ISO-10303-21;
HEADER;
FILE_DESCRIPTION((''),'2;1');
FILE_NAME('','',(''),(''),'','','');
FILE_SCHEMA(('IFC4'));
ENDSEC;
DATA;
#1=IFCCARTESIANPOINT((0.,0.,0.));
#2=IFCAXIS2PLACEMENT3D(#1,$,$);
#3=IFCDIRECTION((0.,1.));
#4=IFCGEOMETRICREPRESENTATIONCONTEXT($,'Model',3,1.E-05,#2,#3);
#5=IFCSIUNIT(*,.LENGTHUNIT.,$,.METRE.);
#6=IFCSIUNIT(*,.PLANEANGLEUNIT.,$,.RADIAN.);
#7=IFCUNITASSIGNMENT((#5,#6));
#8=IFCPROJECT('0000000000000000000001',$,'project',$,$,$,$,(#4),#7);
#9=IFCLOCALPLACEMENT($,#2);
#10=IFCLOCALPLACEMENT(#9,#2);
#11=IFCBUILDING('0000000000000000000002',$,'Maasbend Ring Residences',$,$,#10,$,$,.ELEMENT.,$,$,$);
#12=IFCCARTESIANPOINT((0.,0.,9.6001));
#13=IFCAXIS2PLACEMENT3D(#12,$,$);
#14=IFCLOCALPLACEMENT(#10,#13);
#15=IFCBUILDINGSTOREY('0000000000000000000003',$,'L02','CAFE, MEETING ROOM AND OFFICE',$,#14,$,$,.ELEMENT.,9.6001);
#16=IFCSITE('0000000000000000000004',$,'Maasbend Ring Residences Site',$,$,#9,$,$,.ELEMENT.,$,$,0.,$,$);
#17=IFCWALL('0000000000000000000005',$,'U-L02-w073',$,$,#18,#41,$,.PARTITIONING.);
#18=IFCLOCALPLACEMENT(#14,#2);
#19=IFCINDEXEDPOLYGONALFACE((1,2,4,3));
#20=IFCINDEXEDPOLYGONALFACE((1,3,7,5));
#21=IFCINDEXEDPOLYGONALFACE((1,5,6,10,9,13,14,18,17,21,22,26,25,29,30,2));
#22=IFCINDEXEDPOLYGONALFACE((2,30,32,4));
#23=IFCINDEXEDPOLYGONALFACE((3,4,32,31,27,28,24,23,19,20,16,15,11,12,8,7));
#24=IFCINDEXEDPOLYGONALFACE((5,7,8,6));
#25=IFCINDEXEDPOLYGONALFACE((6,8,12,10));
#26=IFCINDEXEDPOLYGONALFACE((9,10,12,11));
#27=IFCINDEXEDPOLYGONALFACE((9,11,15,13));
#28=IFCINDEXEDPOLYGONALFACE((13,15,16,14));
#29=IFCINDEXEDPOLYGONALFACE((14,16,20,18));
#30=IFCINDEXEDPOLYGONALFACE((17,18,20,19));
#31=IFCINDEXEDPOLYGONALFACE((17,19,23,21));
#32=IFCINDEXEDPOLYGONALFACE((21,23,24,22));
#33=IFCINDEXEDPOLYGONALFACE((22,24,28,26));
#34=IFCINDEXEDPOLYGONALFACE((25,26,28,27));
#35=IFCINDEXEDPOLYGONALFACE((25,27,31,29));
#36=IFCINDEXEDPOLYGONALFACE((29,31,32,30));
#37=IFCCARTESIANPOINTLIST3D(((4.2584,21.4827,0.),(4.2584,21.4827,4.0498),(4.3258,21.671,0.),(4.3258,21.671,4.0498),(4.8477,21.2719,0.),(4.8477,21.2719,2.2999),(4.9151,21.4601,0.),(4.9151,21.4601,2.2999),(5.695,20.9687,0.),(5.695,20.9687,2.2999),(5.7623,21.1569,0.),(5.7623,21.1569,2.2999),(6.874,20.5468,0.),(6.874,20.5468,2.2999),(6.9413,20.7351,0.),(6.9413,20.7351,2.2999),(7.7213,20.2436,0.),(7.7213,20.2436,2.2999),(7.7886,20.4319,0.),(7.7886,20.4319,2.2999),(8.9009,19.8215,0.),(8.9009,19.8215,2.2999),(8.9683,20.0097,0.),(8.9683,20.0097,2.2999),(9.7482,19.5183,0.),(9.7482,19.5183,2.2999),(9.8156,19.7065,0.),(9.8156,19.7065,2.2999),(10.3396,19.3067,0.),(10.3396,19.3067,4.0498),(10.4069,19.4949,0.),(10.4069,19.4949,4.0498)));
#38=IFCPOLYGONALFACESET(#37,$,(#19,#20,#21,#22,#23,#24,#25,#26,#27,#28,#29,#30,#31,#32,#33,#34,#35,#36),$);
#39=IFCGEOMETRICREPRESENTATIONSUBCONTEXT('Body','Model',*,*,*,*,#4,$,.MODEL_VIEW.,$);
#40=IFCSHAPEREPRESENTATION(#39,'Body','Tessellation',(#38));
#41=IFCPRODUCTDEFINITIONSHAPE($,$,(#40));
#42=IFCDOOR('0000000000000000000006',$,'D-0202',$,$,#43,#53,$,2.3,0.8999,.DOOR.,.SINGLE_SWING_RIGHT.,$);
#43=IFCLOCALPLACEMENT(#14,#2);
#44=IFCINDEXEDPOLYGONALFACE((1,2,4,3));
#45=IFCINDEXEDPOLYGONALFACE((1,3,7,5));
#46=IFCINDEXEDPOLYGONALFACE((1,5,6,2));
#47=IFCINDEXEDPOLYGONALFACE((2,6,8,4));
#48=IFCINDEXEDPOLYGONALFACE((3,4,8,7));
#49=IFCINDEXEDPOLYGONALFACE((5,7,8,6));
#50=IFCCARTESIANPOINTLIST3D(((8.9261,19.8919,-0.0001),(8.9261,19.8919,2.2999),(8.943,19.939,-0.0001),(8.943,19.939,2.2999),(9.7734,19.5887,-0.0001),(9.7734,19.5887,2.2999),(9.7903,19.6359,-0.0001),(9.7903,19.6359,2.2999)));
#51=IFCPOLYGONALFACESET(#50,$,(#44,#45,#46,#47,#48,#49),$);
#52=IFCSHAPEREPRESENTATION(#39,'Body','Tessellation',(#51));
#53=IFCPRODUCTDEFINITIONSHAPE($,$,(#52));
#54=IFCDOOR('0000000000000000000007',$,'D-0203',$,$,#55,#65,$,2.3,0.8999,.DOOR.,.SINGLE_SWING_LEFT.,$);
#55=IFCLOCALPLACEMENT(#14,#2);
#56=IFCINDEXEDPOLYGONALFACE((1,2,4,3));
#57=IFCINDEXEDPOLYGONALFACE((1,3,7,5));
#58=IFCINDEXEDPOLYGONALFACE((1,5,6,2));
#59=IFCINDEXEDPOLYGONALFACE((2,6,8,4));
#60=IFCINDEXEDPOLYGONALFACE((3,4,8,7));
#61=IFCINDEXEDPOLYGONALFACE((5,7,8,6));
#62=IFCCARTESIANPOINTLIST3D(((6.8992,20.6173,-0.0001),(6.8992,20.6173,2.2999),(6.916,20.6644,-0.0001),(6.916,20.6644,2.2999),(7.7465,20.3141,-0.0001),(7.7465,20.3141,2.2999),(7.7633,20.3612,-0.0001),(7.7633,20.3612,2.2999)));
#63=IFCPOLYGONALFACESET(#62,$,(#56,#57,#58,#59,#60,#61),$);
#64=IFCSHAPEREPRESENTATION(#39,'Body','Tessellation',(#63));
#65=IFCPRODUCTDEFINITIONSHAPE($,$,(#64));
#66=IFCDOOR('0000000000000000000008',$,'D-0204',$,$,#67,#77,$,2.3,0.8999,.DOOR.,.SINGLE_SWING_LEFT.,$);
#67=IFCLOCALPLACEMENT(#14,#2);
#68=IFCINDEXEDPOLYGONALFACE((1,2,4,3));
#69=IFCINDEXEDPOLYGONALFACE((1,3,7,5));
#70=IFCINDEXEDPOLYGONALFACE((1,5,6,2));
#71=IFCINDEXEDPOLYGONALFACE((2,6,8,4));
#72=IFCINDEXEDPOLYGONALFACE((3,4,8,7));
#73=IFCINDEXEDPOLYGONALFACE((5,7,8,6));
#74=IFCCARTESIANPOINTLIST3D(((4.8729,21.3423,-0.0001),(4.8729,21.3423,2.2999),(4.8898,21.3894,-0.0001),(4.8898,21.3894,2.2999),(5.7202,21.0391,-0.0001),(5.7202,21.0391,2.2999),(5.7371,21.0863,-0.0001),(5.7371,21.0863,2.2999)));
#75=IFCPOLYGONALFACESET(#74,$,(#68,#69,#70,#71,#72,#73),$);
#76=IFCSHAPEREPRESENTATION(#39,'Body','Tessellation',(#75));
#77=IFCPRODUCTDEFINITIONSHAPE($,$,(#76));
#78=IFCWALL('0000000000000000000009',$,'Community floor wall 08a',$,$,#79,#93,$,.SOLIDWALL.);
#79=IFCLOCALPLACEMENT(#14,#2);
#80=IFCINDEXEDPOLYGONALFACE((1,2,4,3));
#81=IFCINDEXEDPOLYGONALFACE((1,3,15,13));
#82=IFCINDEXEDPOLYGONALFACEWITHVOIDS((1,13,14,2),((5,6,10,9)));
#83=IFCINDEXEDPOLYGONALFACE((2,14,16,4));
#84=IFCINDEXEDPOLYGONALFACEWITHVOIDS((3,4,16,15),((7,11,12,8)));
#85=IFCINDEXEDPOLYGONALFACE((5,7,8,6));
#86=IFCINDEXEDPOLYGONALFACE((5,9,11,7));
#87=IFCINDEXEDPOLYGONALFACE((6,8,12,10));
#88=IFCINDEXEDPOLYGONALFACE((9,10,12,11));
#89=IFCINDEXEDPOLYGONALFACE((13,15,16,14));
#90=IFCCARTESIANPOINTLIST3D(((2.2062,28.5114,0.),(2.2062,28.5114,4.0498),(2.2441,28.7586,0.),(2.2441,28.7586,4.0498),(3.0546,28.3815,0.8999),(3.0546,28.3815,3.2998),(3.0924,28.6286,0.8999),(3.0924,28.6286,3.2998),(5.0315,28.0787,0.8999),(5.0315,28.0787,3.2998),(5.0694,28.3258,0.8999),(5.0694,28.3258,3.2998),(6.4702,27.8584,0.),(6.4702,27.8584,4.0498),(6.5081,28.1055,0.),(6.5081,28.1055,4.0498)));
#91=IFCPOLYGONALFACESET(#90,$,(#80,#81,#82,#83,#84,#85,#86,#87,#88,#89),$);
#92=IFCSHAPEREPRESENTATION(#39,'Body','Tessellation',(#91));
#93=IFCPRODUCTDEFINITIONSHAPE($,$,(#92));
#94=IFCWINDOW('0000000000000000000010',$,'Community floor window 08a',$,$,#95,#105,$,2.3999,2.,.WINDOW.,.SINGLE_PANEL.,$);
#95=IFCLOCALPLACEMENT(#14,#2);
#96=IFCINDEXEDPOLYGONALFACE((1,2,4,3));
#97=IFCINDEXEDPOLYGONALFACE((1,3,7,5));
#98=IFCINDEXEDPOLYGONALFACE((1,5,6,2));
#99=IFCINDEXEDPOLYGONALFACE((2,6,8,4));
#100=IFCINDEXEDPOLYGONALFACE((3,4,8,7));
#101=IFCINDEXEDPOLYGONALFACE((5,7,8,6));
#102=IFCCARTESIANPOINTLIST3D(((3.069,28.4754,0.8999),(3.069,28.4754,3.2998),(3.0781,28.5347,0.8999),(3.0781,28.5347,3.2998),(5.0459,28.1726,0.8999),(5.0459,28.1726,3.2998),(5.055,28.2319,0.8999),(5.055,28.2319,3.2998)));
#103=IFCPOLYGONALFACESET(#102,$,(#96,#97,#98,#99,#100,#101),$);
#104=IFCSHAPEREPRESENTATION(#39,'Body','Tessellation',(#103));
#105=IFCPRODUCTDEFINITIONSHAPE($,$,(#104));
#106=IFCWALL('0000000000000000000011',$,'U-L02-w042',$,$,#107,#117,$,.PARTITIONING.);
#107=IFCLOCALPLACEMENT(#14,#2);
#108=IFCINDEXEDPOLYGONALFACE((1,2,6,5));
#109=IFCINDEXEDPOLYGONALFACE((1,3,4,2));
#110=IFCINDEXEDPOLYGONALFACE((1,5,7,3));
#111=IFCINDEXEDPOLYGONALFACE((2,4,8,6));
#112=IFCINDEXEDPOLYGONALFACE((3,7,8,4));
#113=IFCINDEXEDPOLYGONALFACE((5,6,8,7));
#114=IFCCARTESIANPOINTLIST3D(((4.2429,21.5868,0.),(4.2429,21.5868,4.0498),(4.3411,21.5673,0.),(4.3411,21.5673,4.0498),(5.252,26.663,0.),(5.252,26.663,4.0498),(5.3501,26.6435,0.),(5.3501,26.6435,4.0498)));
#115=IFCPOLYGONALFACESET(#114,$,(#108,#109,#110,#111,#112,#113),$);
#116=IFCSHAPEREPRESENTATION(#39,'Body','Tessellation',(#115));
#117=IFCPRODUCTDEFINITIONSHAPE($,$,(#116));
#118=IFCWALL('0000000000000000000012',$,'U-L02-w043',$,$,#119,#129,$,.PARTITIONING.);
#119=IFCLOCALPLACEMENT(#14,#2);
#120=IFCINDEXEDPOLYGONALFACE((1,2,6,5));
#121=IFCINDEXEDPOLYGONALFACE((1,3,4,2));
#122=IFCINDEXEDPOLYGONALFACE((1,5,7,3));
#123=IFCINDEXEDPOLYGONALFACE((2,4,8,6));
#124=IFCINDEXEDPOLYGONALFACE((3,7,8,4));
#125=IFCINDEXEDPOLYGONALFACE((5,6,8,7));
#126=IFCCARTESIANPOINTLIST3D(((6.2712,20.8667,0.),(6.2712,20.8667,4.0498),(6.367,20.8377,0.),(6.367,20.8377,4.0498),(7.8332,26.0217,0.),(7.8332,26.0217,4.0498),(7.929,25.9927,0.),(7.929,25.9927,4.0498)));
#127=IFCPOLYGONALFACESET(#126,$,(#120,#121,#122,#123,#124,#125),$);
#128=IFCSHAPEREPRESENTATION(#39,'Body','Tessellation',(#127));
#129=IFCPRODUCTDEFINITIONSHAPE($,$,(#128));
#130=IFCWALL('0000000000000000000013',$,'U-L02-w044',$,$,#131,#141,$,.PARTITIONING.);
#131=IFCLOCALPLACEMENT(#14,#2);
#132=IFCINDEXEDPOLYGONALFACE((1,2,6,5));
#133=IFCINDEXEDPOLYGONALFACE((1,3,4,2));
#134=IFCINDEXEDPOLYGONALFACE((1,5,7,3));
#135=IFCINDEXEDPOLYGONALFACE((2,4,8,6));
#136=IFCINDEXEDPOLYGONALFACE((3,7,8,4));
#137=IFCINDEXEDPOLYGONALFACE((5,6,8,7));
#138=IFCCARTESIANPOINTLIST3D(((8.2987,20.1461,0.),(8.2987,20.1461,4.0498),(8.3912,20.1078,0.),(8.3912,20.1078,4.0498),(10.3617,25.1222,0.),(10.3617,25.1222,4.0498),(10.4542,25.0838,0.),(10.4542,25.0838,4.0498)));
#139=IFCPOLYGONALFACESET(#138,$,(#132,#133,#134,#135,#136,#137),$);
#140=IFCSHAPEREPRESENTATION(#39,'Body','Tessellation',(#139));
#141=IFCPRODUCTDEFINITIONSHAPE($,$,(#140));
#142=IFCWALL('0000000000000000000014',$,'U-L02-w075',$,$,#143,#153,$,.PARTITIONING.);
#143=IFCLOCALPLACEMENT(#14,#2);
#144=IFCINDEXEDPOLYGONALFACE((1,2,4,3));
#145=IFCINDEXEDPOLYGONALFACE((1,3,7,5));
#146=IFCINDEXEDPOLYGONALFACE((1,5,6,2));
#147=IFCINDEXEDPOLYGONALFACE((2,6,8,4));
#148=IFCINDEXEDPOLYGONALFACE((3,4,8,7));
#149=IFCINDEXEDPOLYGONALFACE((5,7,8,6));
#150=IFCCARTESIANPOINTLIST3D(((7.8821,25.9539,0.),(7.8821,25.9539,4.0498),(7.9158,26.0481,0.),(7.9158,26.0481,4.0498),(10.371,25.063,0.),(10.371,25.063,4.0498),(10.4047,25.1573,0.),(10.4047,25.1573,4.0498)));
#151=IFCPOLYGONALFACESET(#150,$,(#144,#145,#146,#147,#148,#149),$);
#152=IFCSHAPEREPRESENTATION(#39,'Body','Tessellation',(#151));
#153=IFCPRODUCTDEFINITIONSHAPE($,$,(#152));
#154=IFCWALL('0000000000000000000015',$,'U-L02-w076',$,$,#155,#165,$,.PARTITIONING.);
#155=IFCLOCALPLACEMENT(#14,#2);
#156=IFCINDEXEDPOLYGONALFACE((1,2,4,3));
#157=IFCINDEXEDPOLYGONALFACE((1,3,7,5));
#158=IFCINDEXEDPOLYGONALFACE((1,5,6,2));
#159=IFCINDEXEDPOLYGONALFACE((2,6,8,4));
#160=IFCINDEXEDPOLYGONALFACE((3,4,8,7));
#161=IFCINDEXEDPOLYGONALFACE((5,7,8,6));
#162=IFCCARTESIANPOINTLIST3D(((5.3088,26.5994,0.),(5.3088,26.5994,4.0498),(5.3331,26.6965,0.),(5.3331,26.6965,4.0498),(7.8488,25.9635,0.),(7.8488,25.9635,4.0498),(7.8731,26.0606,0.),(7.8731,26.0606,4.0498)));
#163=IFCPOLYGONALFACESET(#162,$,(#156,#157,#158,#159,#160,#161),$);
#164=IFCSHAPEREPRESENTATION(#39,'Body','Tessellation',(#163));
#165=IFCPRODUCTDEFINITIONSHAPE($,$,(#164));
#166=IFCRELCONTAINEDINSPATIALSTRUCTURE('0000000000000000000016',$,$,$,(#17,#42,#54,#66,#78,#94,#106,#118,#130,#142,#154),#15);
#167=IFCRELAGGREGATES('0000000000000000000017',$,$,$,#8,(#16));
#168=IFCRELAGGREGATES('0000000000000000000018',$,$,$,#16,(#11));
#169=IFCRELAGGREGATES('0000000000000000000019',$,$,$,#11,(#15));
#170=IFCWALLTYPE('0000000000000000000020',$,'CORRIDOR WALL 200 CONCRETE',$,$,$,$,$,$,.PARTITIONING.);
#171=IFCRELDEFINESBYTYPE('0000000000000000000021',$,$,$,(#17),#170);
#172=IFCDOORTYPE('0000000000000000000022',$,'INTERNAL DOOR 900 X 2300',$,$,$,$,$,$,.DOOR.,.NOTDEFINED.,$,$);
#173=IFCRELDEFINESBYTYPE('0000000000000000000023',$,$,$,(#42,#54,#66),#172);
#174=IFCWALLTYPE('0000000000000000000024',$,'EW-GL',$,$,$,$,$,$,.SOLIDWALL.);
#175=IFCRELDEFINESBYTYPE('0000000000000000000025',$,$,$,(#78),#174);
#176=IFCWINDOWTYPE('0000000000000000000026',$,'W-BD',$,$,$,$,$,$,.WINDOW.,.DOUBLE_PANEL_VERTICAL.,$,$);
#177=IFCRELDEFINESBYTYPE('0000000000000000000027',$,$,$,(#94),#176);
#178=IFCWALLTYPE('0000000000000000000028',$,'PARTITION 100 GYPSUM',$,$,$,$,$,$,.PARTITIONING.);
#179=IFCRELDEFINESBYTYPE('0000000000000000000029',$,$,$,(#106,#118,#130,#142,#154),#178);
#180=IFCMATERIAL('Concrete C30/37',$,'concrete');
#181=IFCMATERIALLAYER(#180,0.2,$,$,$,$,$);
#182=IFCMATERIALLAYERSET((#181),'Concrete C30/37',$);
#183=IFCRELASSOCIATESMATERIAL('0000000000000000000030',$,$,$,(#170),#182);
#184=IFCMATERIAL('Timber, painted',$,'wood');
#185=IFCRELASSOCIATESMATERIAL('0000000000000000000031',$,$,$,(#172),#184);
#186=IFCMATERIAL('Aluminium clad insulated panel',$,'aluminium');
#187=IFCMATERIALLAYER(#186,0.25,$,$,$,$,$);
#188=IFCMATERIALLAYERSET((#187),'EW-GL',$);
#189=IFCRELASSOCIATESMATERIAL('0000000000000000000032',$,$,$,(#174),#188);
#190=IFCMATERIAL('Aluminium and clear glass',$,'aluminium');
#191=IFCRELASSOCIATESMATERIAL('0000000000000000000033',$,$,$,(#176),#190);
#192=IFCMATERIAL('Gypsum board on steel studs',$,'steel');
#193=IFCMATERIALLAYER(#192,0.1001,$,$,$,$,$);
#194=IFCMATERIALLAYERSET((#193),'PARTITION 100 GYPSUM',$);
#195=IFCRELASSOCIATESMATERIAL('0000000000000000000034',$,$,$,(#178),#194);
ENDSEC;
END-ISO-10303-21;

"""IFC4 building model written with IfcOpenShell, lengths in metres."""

from ifc_helpers import new_model, si_unit, direction, frame, frame_2d, origin, place, context, subcontext, project, spatial, rectangle, extrude, material, layer, layer_set, type_object, element, fill, save


model = new_model("IFC4")

# Units and contexts
model_context = context("Model", 3, precision=1e-05, world=origin(), true_north=direction((0.0, 1.0)))
body_context = subcontext(model_context, "Body", "Model", "MODEL_VIEW")
ifc_project = project(units=[si_unit("LENGTHUNIT", "METRE"), si_unit("PLANEANGLEUNIT", "RADIAN")], contexts=[model_context])

# Site, building, storey
site_placement = place(None, origin())
site = spatial("IfcSite", under=ifc_project, at=site_placement, Name="Maasbend Ring Residences Site", CompositionType="ELEMENT", RefElevation=0.0)
building_placement = place(site_placement, origin())
building = spatial("IfcBuilding", under=site, at=building_placement, Name="Maasbend Ring Residences", CompositionType="ELEMENT")
storey_placement = place(building_placement, frame((0.0, 0.0, 9.6001)))
storey = spatial("IfcBuildingStorey", under=building, at=storey_placement, Name="L02", Description="CAFE, MEETING ROOM AND OFFICE", CompositionType="ELEMENT", Elevation=9.6001)

# Shared definitions
ifc_material_1 = material(Name="Concrete C30/37", Category="concrete")
ifc_layer_1 = layer(ifc_material_1, 0.2)
ifc_layer_set_1 = layer_set([ifc_layer_1], Name="Concrete C30/37")
wall_type_1 = type_object("IfcWallType", Name="CORRIDOR WALL 200 CONCRETE", PredefinedType="PARTITIONING", material=ifc_layer_set_1)

# Wall, openings, doors
wall_1_placement = place(storey_placement, frame((4.292, 21.5769, 0.0), z_axis=(0.0, 0.0, 1.0), x_axis=(0.941535, -0.336916, 0.0)))
wall_1 = element("IfcWall", 1, at=wall_1_placement, inside=storey, type_object=wall_type_1, Name="U-L02-w073", PredefinedType="PARTITIONING", context=body_context, shape_type="SweptSolid", body=[
    extrude(rectangle(XDim=6.4587, YDim=0.2, at=frame_2d((3.2295, 0.0))), origin(), (0.0, 0.0, 1.0), 4.0498),
])
opening_1_placement = place(wall_1_placement, frame((4.9309, 0.0, 0.0)))
opening_1 = element("IfcOpeningElement", 2, at=opening_1_placement, cuts=wall_1, PredefinedType="OPENING", context=body_context, shape_type="SweptSolid", body=[
    extrude(rectangle(XDim=0.8999, YDim=2.3, at=frame_2d((0.45, 1.1499))), frame((0.0, 0.1099, 0.0), z_axis=(0.0, -1.0, 0.0), x_axis=(1.0, 0.0, 0.0)), (0.0, 0.0, 1.0), 0.22),
])
opening_2_placement = place(wall_1_placement, frame((2.7781, 0.0, 0.0)))
opening_2 = element("IfcOpeningElement", 3, at=opening_2_placement, cuts=wall_1, PredefinedType="OPENING", context=body_context, shape_type="SweptSolid", body=[
    extrude(rectangle(XDim=0.8999, YDim=2.3, at=frame_2d((0.45, 1.1499))), frame((0.0, 0.1099, 0.0), z_axis=(0.0, -1.0, 0.0), x_axis=(1.0, 0.0, 0.0)), (0.0, 0.0, 1.0), 0.22),
])
opening_3_placement = place(wall_1_placement, frame((0.626, 0.0, 0.0)))
opening_3 = element("IfcOpeningElement", 4, at=opening_3_placement, cuts=wall_1, PredefinedType="OPENING", context=body_context, shape_type="SweptSolid", body=[
    extrude(rectangle(XDim=0.8999, YDim=2.3, at=frame_2d((0.45, 1.1499))), frame((0.0, 0.1099, 0.0), z_axis=(0.0, -1.0, 0.0), x_axis=(1.0, 0.0, 0.0)), (0.0, 0.0, 1.0), 0.22),
])
ifc_material_2 = material(Name="Timber, painted", Category="wood")
door_type_1 = type_object("IfcDoorType", Name="INTERNAL DOOR 900 X 2300", OperationType="NOTDEFINED", PredefinedType="DOOR", material=ifc_material_2)
door_1_placement = place(opening_1_placement, origin())
door_1 = element("IfcDoor", 5, at=door_1_placement, inside=storey, type_object=door_type_1, Name="D-0202", OperationType="SINGLE_SWING_RIGHT", OverallHeight=2.3, OverallWidth=0.8999, PredefinedType="DOOR", context=body_context, shape_type="SweptSolid", body=[
    extrude(rectangle(XDim=0.8999, YDim=2.3, at=frame_2d((0.45, 1.1499))), frame((0.0, 0.0249, 0.0), z_axis=(0.0, -1.0, 0.0), x_axis=(1.0, 0.0, 0.0)), (0.0, 0.0, 1.0), 0.05),
])
fill(opening_1, door_1)
door_2_placement = place(opening_2_placement, origin())
door_2 = element("IfcDoor", 6, at=door_2_placement, inside=storey, type_object=door_type_1, Name="D-0203", OperationType="SINGLE_SWING_LEFT", OverallHeight=2.3, OverallWidth=0.8999, PredefinedType="DOOR", context=body_context, shape_type="SweptSolid", body=[
    extrude(rectangle(XDim=0.8999, YDim=2.3, at=frame_2d((0.45, 1.1499))), frame((0.0, 0.0249, 0.0), z_axis=(0.0, -1.0, 0.0), x_axis=(1.0, 0.0, 0.0)), (0.0, 0.0, 1.0), 0.05),
])
fill(opening_2, door_2)
door_3_placement = place(opening_3_placement, origin())
door_3 = element("IfcDoor", 7, at=door_3_placement, inside=storey, type_object=door_type_1, Name="D-0204", OperationType="SINGLE_SWING_LEFT", OverallHeight=2.3, OverallWidth=0.8999, PredefinedType="DOOR", context=body_context, shape_type="SweptSolid", body=[
    extrude(rectangle(XDim=0.8999, YDim=2.3, at=frame_2d((0.45, 1.1499))), frame((0.0, 0.0249, 0.0), z_axis=(0.0, -1.0, 0.0), x_axis=(1.0, 0.0, 0.0)), (0.0, 0.0, 1.0), 0.05),
])
fill(opening_3, door_3)

# Wall, opening, window
ifc_material_3 = material(Name="Aluminium clad insulated panel", Category="aluminium")
ifc_layer_2 = layer(ifc_material_3, 0.25)
ifc_layer_set_2 = layer_set([ifc_layer_2], Name="EW-GL")
wall_type_2 = type_object("IfcWallType", Name="EW-GL", PredefinedType="SOLIDWALL", material=ifc_layer_set_2)
wall_2_placement = place(storey_placement, frame((6.489, 27.9819, 0.0), z_axis=(0.0, 0.0, 1.0), x_axis=(-0.988473, 0.151398, 0.0)))
wall_2 = element("IfcWall", 8, at=wall_2_placement, inside=storey, type_object=wall_type_2, Name="Community floor wall 08a", PredefinedType="SOLIDWALL", context=body_context, shape_type="SweptSolid", body=[
    extrude(rectangle(XDim=4.3137, YDim=0.25, at=frame_2d((2.1567, 0.0))), origin(), (0.0, 0.0, 1.0), 4.0498),
])
opening_4_placement = place(wall_2_placement, frame((1.4553, 0.0, 0.8999)))
opening_4 = element("IfcOpeningElement", 9, at=opening_4_placement, cuts=wall_2, PredefinedType="OPENING", context=body_context, shape_type="SweptSolid", body=[
    extrude(rectangle(XDim=2.0, YDim=2.3999, at=frame_2d((1.0, 1.2))), frame((0.0, 0.135, 0.0), z_axis=(0.0, -1.0, 0.0), x_axis=(1.0, 0.0, 0.0)), (0.0, 0.0, 1.0), 0.27),
])
ifc_material_4 = material(Name="Aluminium and clear glass", Category="aluminium")
window_type = type_object("IfcWindowType", Name="W-BD", PartitioningType="DOUBLE_PANEL_VERTICAL", PredefinedType="WINDOW", material=ifc_material_4)
window_placement = place(opening_4_placement, origin())
window = element("IfcWindow", 10, at=window_placement, inside=storey, type_object=window_type, Name="Community floor window 08a", OverallHeight=2.3999, OverallWidth=2.0, PartitioningType="SINGLE_PANEL", PredefinedType="WINDOW", context=body_context, shape_type="SweptSolid", body=[
    extrude(rectangle(XDim=2.0, YDim=2.3999, at=frame_2d((1.0, 1.2))), frame((0.0, 0.03, 0.0), z_axis=(0.0, -1.0, 0.0), x_axis=(1.0, 0.0, 0.0)), (0.0, 0.0, 1.0), 0.0601),
])
fill(opening_4, window)

# Walls
ifc_material_5 = material(Name="Gypsum board on steel studs", Category="steel")
ifc_layer_3 = layer(ifc_material_5, 0.1001)
ifc_layer_set_3 = layer_set([ifc_layer_3], Name="PARTITION 100 GYPSUM")
wall_type_3 = type_object("IfcWallType", Name="PARTITION 100 GYPSUM", PredefinedType="PARTITIONING", material=ifc_layer_set_3)
wall_3_placement = place(storey_placement, frame((4.292, 21.5769, 0.0), z_axis=(0.0, 0.0, 1.0), x_axis=(0.194964, 0.98081, 0.0)))
element("IfcWall", 11, at=wall_3_placement, inside=storey, type_object=wall_type_3, Name="U-L02-w042", PredefinedType="PARTITIONING", context=body_context, shape_type="SweptSolid", body=[
    extrude(rectangle(XDim=5.1755, YDim=0.1001, at=frame_2d((2.5879, 0.0))), origin(), (0.0, 0.0, 1.0), 4.0498),
])
wall_4_placement = place(storey_placement, frame((6.3191, 20.8521, 0.0), z_axis=(0.0, 0.0, 1.0), x_axis=(0.289987, 0.957031, 0.0)))
element("IfcWall", 12, at=wall_4_placement, inside=storey, type_object=wall_type_3, Name="U-L02-w043", PredefinedType="PARTITIONING", context=body_context, shape_type="SweptSolid", body=[
    extrude(rectangle(XDim=5.3865, YDim=0.1001, at=frame_2d((2.6934, 0.0))), origin(), (0.0, 0.0, 1.0), 4.0498),
])
wall_5_placement = place(storey_placement, frame((8.345, 20.127, 0.0), z_axis=(0.0, 0.0, 1.0), x_axis=(0.382974, 0.923759, 0.0)))
element("IfcWall", 13, at=wall_5_placement, inside=storey, type_object=wall_type_3, Name="U-L02-w044", PredefinedType="PARTITIONING", context=body_context, shape_type="SweptSolid", body=[
    extrude(rectangle(XDim=5.3867, YDim=0.1001, at=frame_2d((2.6934, 0.0))), origin(), (0.0, 0.0, 1.0), 4.0498),
])
wall_6_placement = place(storey_placement, frame((7.8989, 26.001, 0.0), z_axis=(0.0, 0.0, 1.0), x_axis=(0.94151, -0.336986, 0.0)))
element("IfcWall", 14, at=wall_6_placement, inside=storey, type_object=wall_type_3, Name="U-L02-w075", PredefinedType="PARTITIONING", context=body_context, shape_type="SweptSolid", body=[
    extrude(rectangle(XDim=2.6436, YDim=0.1001, at=frame_2d((1.3218, 0.0))), origin(), (0.0, 0.0, 1.0), 4.0498),
])
wall_7_placement = place(storey_placement, frame((5.321, 26.6479, 0.0), z_axis=(0.0, 0.0, 1.0), x_axis=(0.970055, -0.242887, 0.0)))
element("IfcWall", 15, at=wall_7_placement, inside=storey, type_object=wall_type_3, Name="U-L02-w076", PredefinedType="PARTITIONING", context=body_context, shape_type="SweptSolid", body=[
    extrude(rectangle(XDim=2.6184, YDim=0.1001, at=frame_2d((1.3091, 0.0))), origin(), (0.0, 0.0, 1.0), 4.0498),
])

save(model, "model.ifc")
